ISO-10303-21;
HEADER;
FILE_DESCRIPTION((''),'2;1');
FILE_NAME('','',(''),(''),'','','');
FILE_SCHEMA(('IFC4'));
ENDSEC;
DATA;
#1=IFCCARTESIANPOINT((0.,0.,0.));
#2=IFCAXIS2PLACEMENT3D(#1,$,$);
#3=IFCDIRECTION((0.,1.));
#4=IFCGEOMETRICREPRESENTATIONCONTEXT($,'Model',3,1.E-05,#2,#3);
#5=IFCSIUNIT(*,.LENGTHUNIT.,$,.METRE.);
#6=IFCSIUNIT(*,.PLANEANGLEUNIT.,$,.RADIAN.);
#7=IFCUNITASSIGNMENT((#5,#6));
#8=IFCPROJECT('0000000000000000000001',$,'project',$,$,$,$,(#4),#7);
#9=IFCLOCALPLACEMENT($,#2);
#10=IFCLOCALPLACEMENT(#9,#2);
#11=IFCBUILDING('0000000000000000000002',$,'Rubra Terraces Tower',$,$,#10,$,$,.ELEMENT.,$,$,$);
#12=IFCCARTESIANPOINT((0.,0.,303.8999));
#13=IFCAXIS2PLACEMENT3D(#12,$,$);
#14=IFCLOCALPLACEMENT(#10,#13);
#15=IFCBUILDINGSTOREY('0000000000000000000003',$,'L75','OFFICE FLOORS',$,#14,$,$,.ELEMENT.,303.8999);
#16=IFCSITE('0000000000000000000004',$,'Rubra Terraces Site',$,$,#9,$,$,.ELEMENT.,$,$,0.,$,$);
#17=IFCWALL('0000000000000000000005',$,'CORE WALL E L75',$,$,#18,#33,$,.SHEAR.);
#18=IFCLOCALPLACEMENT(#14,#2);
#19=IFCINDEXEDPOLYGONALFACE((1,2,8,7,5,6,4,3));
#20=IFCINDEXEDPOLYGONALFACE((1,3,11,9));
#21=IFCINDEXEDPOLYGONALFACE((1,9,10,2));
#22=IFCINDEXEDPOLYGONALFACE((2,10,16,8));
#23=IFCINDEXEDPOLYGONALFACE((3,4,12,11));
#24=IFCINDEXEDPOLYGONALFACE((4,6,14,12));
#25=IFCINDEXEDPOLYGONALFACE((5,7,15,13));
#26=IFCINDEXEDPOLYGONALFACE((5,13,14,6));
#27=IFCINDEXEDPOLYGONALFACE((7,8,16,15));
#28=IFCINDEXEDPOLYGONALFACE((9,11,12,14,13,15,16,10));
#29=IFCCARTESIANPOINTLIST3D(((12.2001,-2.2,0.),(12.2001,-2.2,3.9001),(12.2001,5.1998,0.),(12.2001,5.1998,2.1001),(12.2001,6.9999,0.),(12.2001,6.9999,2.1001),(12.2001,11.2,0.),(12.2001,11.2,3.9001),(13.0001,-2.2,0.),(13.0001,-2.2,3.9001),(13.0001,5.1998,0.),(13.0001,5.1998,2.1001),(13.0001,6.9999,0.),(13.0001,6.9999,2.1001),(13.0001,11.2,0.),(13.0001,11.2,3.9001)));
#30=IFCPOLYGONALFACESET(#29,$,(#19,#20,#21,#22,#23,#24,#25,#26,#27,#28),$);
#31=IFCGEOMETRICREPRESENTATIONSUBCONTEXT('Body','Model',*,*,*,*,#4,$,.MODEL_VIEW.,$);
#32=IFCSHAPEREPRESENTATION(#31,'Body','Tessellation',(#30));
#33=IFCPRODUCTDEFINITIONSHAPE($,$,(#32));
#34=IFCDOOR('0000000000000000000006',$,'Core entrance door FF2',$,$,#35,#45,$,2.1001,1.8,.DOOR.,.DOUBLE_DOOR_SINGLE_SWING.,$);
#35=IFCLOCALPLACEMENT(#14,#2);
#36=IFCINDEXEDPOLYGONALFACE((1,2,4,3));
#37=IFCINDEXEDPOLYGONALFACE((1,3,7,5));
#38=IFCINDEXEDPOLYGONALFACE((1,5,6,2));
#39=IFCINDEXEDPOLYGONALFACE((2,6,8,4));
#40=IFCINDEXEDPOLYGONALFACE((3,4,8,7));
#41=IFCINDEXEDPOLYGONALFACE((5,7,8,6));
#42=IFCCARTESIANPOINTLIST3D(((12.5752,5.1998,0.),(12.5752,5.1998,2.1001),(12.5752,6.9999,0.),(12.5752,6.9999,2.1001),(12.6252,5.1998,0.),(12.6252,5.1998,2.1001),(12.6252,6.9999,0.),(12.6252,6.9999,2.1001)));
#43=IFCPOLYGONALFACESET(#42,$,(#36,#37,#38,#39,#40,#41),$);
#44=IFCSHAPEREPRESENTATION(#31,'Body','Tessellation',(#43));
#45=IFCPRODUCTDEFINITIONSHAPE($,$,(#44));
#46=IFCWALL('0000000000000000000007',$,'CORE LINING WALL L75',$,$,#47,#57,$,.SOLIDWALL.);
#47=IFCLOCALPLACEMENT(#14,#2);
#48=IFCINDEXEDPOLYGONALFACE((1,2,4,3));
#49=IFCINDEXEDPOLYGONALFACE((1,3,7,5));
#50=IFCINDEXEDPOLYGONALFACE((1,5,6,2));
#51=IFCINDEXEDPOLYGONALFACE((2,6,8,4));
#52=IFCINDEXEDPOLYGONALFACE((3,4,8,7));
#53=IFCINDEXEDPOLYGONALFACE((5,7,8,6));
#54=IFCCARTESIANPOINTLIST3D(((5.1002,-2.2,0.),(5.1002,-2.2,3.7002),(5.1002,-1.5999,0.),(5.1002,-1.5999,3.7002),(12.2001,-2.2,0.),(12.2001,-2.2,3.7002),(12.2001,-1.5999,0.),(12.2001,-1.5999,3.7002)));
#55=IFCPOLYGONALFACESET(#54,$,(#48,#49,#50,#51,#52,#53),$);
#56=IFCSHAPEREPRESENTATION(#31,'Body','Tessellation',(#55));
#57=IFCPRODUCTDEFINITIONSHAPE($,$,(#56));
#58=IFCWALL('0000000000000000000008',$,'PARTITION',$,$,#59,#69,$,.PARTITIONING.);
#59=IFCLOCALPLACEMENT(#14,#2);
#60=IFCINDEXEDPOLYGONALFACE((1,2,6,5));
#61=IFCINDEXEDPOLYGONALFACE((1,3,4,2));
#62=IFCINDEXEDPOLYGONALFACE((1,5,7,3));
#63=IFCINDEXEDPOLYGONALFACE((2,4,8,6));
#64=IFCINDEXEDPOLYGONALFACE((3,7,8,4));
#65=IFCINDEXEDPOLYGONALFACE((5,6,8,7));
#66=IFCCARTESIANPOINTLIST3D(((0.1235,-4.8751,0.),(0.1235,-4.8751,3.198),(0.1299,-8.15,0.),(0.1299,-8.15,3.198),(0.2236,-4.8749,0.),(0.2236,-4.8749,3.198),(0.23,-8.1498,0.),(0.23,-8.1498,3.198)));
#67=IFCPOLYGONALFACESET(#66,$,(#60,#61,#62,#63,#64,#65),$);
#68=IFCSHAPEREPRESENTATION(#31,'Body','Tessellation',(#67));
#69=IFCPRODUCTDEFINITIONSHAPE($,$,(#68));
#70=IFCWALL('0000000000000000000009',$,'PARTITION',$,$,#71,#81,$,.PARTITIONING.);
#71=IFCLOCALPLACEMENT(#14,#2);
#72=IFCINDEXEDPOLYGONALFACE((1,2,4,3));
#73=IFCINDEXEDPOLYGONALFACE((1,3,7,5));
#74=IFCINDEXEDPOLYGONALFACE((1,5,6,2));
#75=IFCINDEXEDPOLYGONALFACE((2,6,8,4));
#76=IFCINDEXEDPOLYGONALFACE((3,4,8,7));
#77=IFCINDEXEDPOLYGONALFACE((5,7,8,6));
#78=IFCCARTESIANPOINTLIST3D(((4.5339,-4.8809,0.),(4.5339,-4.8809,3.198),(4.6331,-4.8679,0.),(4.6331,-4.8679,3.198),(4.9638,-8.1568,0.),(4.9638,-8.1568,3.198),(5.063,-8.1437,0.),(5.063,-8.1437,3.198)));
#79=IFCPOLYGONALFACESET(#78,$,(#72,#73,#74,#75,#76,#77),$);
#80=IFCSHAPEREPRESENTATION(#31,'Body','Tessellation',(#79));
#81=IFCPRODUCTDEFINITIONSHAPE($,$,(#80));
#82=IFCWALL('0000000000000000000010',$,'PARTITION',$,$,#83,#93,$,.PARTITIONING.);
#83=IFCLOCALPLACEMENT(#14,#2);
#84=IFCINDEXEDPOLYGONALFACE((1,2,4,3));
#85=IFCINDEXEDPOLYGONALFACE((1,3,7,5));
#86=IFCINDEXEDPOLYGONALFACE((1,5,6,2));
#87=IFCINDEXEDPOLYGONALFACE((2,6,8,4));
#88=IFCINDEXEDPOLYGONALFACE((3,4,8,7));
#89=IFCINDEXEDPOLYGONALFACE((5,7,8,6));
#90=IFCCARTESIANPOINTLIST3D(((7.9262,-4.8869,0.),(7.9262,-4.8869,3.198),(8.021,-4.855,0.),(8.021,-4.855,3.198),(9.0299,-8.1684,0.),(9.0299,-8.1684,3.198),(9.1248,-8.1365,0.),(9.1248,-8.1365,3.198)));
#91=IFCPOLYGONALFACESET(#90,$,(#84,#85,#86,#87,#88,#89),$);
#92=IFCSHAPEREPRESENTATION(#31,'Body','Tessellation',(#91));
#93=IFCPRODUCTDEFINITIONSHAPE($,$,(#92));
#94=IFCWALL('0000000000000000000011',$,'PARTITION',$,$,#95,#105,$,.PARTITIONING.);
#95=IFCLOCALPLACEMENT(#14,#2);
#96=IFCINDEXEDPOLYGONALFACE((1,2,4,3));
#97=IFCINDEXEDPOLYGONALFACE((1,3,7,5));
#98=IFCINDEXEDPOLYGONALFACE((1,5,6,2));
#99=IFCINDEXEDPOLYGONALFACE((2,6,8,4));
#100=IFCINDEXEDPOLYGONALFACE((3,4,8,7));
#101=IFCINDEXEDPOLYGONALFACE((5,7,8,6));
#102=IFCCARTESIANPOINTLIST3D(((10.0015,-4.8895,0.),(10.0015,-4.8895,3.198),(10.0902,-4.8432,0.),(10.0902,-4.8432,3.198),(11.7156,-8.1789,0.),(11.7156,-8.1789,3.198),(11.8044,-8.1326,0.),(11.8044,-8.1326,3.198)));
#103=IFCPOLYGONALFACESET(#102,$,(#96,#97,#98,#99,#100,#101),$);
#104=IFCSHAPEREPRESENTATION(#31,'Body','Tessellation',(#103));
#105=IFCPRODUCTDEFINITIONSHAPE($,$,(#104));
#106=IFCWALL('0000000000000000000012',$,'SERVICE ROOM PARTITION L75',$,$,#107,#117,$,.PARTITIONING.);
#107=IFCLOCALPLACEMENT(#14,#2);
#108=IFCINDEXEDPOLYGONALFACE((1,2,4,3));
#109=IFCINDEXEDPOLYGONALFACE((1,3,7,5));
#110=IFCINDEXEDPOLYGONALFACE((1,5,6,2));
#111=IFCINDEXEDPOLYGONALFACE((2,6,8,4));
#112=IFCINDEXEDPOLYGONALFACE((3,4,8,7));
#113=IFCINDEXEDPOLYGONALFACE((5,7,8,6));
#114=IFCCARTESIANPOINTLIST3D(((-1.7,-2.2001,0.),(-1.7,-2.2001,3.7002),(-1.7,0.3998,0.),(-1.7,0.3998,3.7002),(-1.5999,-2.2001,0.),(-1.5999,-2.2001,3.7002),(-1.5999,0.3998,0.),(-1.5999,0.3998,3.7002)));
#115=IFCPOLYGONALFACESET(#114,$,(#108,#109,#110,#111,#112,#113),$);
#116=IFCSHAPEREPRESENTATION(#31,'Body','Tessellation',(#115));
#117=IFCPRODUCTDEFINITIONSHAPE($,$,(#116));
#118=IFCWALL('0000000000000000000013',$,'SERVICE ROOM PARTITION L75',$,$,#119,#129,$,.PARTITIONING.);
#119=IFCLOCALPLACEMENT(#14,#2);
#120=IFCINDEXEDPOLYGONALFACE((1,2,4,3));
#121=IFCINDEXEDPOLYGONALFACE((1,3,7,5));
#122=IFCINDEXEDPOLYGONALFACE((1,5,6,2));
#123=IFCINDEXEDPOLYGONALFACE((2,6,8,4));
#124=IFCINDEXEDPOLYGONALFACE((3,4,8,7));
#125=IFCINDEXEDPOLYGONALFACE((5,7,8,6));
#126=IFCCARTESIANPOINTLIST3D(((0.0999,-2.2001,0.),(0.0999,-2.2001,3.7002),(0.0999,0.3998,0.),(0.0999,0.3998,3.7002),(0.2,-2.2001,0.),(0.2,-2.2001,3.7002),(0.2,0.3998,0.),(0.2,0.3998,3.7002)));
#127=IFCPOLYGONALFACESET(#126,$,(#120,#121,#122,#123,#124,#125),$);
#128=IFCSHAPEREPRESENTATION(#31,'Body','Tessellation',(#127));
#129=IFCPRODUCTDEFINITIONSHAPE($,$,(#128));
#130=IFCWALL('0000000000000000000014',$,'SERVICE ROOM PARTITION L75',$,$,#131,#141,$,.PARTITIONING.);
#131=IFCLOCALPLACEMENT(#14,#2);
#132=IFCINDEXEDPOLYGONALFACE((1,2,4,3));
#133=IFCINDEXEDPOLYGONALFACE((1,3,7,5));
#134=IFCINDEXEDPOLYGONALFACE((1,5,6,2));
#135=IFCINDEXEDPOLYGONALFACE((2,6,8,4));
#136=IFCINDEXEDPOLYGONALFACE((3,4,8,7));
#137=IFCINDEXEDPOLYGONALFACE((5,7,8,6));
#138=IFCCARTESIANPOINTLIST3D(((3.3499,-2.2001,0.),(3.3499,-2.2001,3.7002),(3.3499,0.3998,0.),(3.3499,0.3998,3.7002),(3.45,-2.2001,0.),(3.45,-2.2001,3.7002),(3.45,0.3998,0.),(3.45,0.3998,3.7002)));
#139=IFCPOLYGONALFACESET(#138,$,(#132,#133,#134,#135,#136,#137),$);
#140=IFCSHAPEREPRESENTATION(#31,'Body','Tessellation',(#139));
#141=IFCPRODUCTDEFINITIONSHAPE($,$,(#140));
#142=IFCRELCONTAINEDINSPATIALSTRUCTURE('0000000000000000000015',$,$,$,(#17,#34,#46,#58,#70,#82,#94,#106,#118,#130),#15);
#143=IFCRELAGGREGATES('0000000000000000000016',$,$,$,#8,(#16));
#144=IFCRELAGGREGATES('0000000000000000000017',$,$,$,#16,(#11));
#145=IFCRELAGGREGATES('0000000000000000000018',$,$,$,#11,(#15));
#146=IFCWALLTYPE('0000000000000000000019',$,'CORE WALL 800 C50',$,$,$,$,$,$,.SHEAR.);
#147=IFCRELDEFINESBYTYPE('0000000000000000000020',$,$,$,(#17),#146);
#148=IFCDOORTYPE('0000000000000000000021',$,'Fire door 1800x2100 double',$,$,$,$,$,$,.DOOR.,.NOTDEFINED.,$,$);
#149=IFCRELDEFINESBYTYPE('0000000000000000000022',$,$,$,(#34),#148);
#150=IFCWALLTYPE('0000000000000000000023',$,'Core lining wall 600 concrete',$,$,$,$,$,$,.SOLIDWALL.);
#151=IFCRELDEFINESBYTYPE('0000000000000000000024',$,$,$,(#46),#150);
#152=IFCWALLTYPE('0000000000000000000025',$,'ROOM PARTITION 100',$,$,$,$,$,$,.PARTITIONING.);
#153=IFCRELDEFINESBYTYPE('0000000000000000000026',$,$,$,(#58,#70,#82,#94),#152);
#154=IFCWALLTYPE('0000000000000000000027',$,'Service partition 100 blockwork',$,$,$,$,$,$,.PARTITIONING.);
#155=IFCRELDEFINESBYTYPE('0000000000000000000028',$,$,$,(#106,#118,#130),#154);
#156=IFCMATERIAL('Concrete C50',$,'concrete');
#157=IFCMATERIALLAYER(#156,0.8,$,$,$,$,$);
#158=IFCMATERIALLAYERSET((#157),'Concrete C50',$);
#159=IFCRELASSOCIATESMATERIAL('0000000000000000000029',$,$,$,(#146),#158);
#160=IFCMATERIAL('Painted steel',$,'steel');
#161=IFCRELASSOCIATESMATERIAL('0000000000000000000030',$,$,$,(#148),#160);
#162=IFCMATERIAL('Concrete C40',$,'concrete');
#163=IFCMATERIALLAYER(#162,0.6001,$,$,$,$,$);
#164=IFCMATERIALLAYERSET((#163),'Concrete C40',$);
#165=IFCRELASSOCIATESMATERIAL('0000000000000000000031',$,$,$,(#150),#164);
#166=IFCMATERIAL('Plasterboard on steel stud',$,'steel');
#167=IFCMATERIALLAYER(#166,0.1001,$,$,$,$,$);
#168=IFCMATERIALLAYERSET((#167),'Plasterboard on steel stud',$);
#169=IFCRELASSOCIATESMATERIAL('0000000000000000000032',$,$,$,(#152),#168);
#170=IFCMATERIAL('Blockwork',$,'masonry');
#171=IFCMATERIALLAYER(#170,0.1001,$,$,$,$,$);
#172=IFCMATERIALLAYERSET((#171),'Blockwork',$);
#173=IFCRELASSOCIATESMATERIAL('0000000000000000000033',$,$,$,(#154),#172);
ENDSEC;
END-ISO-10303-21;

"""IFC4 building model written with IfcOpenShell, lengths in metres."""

from ifc_helpers import new_model, si_unit, direction, frame, frame_2d, origin, place, context, subcontext, project, spatial, rectangle, extrude, material, layer, layer_set, type_object, element, fill, save


model = new_model("IFC4")

# Units and contexts
model_context = context("Model", 3, precision=1e-05, world=origin(), true_north=direction((0.0, 1.0)))
body_context = subcontext(model_context, "Body", "Model", "MODEL_VIEW")
ifc_project = project(units=[si_unit("LENGTHUNIT", "METRE"), si_unit("PLANEANGLEUNIT", "RADIAN")], contexts=[model_context])

# Site, building, storey
site_placement = place(None, origin())
site = spatial("IfcSite", under=ifc_project, at=site_placement, Name="Rubra Terraces Site", CompositionType="ELEMENT", RefElevation=0.0)
building_placement = place(site_placement, origin())
building = spatial("IfcBuilding", under=site, at=building_placement, Name="Rubra Terraces Tower", CompositionType="ELEMENT")
storey_placement = place(building_placement, frame((0.0, 0.0, 303.8999)))
storey = spatial("IfcBuildingStorey", under=building, at=storey_placement, Name="L75", Description="OFFICE FLOORS", CompositionType="ELEMENT", Elevation=303.8999)

# Shared definitions
ifc_material_1 = material(Name="Concrete C40", Category="concrete")

# Wall, opening, door
ifc_material_2 = material(Name="Concrete C50", Category="concrete")
ifc_layer_1 = layer(ifc_material_2, 0.8)
ifc_layer_set_1 = layer_set([ifc_layer_1], Name="Concrete C50")
wall_type_1 = type_object("IfcWallType", Name="CORE WALL 800 C50", PredefinedType="SHEAR", material=ifc_layer_set_1)
wall_1_placement = place(storey_placement, frame((12.6001, -2.2, 0.0), z_axis=(0.0, 0.0, 1.0), x_axis=(0.0, 1.0, 0.0)))
wall_1 = element("IfcWall", 1, at=wall_1_placement, inside=storey, type_object=wall_type_1, Name="CORE WALL E L75", PredefinedType="SHEAR", context=body_context, shape_type="SweptSolid", body=[
    extrude(rectangle(XDim=13.3999, YDim=0.8, at=frame_2d((6.7, 0.0))), origin(), (0.0, 0.0, 1.0), 3.9001),
])
opening_placement = place(wall_1_placement, frame((7.3999, 0.0, 0.0)))
opening = element("IfcOpeningElement", 2, at=opening_placement, cuts=wall_1, PredefinedType="OPENING", context=body_context, shape_type="SweptSolid", body=[
    extrude(rectangle(XDim=1.8, YDim=2.1001, at=frame_2d((0.8999, 1.05))), frame((0.0, 0.4099, 0.0), z_axis=(0.0, -1.0, 0.0), x_axis=(1.0, 0.0, 0.0)), (0.0, 0.0, 1.0), 0.8201),
])
ifc_material_3 = material(Name="Painted steel", Category="steel")
door_type = type_object("IfcDoorType", Name="Fire door 1800x2100 double", OperationType="NOTDEFINED", PredefinedType="DOOR", material=ifc_material_3)
door_placement = place(opening_placement, origin())
door = element("IfcDoor", 3, at=door_placement, inside=storey, type_object=door_type, Name="Core entrance door FF2", OperationType="DOUBLE_DOOR_SINGLE_SWING", OverallHeight=2.1001, OverallWidth=1.8, PredefinedType="DOOR", context=body_context, shape_type="SweptSolid", body=[
    extrude(rectangle(XDim=1.8, YDim=2.1001, at=frame_2d((0.8999, 1.05))), frame((0.0, 0.0249, 0.0), z_axis=(0.0, -1.0, 0.0), x_axis=(1.0, 0.0, 0.0)), (0.0, 0.0, 1.0), 0.05),
])
fill(opening, door)

# Walls
ifc_layer_2 = layer(ifc_material_1, 0.6001)
ifc_layer_set_2 = layer_set([ifc_layer_2], Name="Concrete C40")
wall_type_2 = type_object("IfcWallType", Name="Core lining wall 600 concrete", PredefinedType="SOLIDWALL", material=ifc_layer_set_2)
wall_2_placement = place(storey_placement, frame((12.2, -1.8999, 0.0), z_axis=(0.0, 0.0, 1.0), x_axis=(-1.0, 0.0, 0.0)))
element("IfcWall", 4, at=wall_2_placement, inside=storey, type_object=wall_type_2, Name="CORE LINING WALL L75", PredefinedType="SOLIDWALL", context=body_context, shape_type="SweptSolid", body=[
    extrude(rectangle(XDim=7.0999, YDim=0.6001, at=frame_2d((3.5498, 0.0))), origin(), (0.0, 0.0, 1.0), 3.7002),
])
ifc_material_4 = material(Name="Plasterboard on steel stud", Category="steel")
ifc_layer_3 = layer(ifc_material_4, 0.1001)
ifc_layer_set_3 = layer_set([ifc_layer_3], Name="Plasterboard on steel stud")
wall_type_3 = type_object("IfcWallType", Name="ROOM PARTITION 100", PredefinedType="PARTITIONING", material=ifc_layer_set_3)
wall_3_placement = place(storey_placement, frame((0.1736, -4.875, 0.0), z_axis=(0.0, 0.0, 1.0), x_axis=(0.001938, -0.999998, 0.0)))
element("IfcWall", 5, at=wall_3_placement, inside=storey, type_object=wall_type_3, Name="PARTITION", PredefinedType="PARTITIONING", context=body_context, shape_type="SweptSolid", body=[
    extrude(rectangle(XDim=3.2749, YDim=0.1001, at=frame_2d((1.6375, 0.0))), origin(), (0.0, 0.0, 1.0), 3.198),
])
wall_4_placement = place(storey_placement, frame((4.5835, -4.8745, 0.0), z_axis=(0.0, 0.0, 1.0), x_axis=(0.130126, -0.991498, 0.0)))
element("IfcWall", 6, at=wall_4_placement, inside=storey, type_object=wall_type_3, Name="PARTITION", PredefinedType="PARTITIONING", context=body_context, shape_type="SweptSolid", body=[
    extrude(rectangle(XDim=3.304, YDim=0.1001, at=frame_2d((1.6519, 0.0))), origin(), (0.0, 0.0, 1.0), 3.198),
])
wall_5_placement = place(storey_placement, frame((7.9736, -4.8711, 0.0), z_axis=(0.0, 0.0, 1.0), x_axis=(0.318808, -0.947819, 0.0)))
element("IfcWall", 7, at=wall_5_placement, inside=storey, type_object=wall_type_3, Name="PARTITION", PredefinedType="PARTITIONING", context=body_context, shape_type="SweptSolid", body=[
    extrude(rectangle(XDim=3.4622, YDim=0.1001, at=frame_2d((1.731, 0.0))), origin(), (0.0, 0.0, 1.0), 3.198),
])
wall_6_placement = place(storey_placement, frame((10.0459, -4.8665, 0.0), z_axis=(0.0, 0.0, 1.0), x_axis=(0.462132, -0.886811, 0.0)))
element("IfcWall", 8, at=wall_6_placement, inside=storey, type_object=wall_type_3, Name="PARTITION", PredefinedType="PARTITIONING", context=body_context, shape_type="SweptSolid", body=[
    extrude(rectangle(XDim=3.7092, YDim=0.1001, at=frame_2d((1.8545, 0.0))), origin(), (0.0, 0.0, 1.0), 3.198),
])
ifc_material_5 = material(Name="Blockwork", Category="masonry")
ifc_layer_4 = layer(ifc_material_5, 0.1001)
ifc_layer_set_4 = layer_set([ifc_layer_4], Name="Blockwork")
wall_type_4 = type_object("IfcWallType", Name="Service partition 100 blockwork", PredefinedType="PARTITIONING", material=ifc_layer_set_4)
for number, where, z_axis, x_axis, name in (
    (9, (-1.6499, -2.2, 0.0), (0.0, 0.0, 1.0), (0.0, 1.0, 0.0), "SERVICE ROOM PARTITION L75"),
    (10, (0.1499, -2.2, 0.0), (0.0, 0.0, 1.0), (0.0, 1.0, 0.0), "SERVICE ROOM PARTITION L75"),
    (11, (3.3999, -2.2, 0.0), (0.0, 0.0, 1.0), (0.0, 1.0, 0.0), "SERVICE ROOM PARTITION L75"),
):
    element("IfcWall", number, at=place(storey_placement, frame(where, z_axis=z_axis, x_axis=x_axis)), inside=storey, type_object=wall_type_4, Name=name, PredefinedType="PARTITIONING", context=body_context, shape_type="SweptSolid", body=[
        extrude(rectangle(XDim=2.5999, YDim=0.1001, at=frame_2d((1.2998, 0.0))), origin(), (0.0, 0.0, 1.0), 3.7002),
    ])

save(model, "model.ifc")
